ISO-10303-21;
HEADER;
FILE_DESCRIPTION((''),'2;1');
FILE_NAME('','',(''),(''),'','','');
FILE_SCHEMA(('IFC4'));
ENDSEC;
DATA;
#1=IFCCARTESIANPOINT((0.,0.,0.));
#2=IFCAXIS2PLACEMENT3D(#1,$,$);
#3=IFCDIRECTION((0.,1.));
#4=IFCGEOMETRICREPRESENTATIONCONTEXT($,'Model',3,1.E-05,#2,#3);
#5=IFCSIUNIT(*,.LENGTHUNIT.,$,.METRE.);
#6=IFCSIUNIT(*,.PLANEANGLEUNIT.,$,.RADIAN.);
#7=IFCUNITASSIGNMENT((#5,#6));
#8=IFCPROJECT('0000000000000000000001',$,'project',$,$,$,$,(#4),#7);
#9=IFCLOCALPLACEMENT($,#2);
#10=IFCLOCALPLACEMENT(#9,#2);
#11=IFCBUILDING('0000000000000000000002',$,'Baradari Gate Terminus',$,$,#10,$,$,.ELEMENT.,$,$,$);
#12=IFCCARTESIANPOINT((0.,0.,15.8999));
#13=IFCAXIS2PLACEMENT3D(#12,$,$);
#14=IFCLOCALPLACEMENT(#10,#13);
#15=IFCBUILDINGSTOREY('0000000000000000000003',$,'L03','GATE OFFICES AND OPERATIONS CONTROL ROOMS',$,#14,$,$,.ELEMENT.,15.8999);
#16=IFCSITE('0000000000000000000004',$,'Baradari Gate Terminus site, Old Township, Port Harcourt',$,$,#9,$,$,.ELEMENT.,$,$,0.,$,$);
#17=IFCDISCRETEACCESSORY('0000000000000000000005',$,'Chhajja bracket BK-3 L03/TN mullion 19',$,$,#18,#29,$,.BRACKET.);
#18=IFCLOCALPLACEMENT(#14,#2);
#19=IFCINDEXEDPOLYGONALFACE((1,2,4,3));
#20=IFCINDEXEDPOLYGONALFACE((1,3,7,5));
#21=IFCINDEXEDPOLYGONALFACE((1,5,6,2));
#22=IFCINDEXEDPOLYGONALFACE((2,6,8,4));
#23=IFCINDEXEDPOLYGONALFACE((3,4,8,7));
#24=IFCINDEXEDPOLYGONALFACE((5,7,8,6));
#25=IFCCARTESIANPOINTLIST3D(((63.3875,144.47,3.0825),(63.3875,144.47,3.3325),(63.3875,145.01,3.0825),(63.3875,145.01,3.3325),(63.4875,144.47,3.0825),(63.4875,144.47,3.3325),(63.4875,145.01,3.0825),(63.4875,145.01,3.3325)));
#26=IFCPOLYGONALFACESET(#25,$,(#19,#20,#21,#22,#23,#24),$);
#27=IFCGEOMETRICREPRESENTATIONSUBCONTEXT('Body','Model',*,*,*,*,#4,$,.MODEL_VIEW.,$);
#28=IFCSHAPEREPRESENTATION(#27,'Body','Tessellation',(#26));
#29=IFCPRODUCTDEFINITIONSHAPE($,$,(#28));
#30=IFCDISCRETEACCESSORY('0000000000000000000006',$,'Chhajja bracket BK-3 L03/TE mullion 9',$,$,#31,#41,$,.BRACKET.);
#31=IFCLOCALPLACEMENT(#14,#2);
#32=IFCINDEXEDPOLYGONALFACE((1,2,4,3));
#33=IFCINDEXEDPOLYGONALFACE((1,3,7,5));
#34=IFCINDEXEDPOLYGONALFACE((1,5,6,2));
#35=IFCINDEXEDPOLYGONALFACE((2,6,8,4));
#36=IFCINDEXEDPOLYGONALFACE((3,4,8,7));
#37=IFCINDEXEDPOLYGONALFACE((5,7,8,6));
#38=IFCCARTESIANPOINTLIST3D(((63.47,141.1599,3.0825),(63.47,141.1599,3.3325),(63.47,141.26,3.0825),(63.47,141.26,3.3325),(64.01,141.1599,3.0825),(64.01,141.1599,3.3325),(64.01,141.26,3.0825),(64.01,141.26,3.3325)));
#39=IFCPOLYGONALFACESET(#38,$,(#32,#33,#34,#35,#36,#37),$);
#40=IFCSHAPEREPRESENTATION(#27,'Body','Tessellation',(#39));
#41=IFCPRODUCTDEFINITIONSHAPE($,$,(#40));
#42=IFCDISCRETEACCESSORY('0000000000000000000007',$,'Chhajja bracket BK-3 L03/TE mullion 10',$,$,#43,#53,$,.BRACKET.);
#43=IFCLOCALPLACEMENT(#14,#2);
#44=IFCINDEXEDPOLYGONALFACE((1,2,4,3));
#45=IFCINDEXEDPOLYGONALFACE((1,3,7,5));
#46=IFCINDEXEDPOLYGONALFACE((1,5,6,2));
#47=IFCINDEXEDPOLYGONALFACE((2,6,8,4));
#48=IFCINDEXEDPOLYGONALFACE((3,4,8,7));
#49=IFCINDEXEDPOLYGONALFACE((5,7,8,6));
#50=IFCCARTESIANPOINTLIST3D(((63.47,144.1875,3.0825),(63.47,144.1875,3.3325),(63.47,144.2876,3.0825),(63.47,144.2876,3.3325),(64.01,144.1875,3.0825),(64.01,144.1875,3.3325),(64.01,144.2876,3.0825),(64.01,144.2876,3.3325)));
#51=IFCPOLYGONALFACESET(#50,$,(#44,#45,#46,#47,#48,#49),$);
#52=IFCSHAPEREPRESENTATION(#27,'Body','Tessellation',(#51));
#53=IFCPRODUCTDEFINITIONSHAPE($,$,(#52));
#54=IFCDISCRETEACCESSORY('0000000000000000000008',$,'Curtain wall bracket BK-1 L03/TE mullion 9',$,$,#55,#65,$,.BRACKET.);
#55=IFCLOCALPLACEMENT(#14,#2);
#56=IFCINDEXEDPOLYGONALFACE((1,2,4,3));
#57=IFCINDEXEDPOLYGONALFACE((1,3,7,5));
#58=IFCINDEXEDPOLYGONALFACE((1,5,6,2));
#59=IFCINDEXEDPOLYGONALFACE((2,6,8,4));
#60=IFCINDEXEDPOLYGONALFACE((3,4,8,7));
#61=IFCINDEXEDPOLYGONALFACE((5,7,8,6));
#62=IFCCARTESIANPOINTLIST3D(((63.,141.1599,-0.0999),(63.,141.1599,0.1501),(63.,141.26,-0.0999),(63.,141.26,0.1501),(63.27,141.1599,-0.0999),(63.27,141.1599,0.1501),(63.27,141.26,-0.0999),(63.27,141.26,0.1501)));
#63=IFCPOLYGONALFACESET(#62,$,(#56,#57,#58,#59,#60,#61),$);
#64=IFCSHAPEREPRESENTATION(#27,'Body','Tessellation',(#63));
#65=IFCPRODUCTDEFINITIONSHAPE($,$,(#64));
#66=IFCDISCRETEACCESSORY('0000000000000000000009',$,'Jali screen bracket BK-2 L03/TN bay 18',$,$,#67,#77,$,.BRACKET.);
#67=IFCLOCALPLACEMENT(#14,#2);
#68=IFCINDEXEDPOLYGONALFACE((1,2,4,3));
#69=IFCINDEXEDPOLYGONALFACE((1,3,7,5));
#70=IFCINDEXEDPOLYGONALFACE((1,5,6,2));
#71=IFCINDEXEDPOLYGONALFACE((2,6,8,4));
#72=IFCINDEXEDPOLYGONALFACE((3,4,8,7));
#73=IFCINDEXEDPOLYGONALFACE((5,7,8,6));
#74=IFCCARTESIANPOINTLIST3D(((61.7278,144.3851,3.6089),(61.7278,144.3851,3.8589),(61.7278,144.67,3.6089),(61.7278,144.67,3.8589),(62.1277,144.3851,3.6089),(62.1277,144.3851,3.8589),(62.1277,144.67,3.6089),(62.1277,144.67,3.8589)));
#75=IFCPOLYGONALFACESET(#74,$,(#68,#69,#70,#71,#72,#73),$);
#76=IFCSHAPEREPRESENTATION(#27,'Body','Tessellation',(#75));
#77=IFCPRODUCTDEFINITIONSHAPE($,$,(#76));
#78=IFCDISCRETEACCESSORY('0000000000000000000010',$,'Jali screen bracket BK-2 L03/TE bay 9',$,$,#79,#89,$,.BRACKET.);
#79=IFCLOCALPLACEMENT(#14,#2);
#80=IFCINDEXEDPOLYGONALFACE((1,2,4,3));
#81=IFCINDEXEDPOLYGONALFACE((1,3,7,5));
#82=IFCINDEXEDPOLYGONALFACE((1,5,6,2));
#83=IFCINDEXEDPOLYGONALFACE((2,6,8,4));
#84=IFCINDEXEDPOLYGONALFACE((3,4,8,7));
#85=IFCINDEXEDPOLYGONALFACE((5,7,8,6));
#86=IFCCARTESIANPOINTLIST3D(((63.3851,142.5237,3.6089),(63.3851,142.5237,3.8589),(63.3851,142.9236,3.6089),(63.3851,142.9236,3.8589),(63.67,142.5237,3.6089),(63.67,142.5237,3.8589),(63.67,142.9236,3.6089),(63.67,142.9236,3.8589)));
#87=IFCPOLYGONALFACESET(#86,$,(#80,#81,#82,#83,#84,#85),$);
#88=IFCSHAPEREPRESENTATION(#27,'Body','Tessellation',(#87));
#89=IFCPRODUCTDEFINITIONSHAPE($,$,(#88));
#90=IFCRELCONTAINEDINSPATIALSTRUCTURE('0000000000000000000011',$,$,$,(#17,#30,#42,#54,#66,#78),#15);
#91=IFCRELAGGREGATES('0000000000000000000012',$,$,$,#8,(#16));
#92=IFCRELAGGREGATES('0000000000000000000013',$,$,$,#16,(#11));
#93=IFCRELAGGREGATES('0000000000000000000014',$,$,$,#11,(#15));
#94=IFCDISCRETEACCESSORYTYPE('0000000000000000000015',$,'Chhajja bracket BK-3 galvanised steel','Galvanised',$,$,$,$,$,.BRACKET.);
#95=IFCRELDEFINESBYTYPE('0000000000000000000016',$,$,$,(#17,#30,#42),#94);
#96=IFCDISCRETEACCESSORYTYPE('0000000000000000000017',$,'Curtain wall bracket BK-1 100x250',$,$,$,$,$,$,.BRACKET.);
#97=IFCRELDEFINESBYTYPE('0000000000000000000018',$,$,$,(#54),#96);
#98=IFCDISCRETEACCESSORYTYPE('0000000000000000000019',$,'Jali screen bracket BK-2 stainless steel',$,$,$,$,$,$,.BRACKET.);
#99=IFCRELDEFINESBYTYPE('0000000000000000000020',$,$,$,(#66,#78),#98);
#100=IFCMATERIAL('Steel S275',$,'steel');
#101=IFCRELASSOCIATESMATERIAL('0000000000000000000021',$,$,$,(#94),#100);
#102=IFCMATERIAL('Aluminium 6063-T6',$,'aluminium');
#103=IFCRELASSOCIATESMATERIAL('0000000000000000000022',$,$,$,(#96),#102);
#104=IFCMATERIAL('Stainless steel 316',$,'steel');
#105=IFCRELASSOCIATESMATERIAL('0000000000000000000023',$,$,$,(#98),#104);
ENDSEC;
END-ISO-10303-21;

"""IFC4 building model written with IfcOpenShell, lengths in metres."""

from ifc_helpers import new_model, si_unit, direction, frame, origin, origin_2d, place, context, subcontext, project, spatial, rectangle, extrude, material, type_object, element, save


model = new_model("IFC4")

# Units and contexts
model_context = context("Model", 3, precision=1e-05, world=origin(), true_north=direction((0.0, 1.0)))
body_context = subcontext(model_context, "Body", "Model", "MODEL_VIEW")
ifc_project = project(units=[si_unit("LENGTHUNIT", "METRE"), si_unit("PLANEANGLEUNIT", "RADIAN")], contexts=[model_context])

# Site, building, storey
site_placement = place(None, origin())
site = spatial("IfcSite", under=ifc_project, at=site_placement, Name="Baradari Gate Terminus site, Old Township, Port Harcourt", CompositionType="ELEMENT", RefElevation=0.0)
building_placement = place(site_placement, origin())
building = spatial("IfcBuilding", under=site, at=building_placement, Name="Baradari Gate Terminus", CompositionType="ELEMENT")
storey_placement = place(building_placement, frame((0.0, 0.0, 15.8999)))
storey = spatial("IfcBuildingStorey", under=building, at=storey_placement, Name="L03", Description="GATE OFFICES AND OPERATIONS CONTROL ROOMS", CompositionType="ELEMENT", Elevation=15.8999)

# Discrete accessories
ifc_material_1 = material(Name="Steel S275", Category="steel")
discrete_accessory_type_1 = type_object("IfcDiscreteAccessoryType", Name="Chhajja bracket BK-3 galvanised steel", Description="Galvanised", PredefinedType="BRACKET", material=ifc_material_1)
for number, where, z_axis, x_axis, name in (
    (1, (63.4375, 144.74, 3.0825), (0.0, 0.0, 1.0), (0.0, 1.0, 0.0), "Chhajja bracket BK-3 L03/TN mullion 19"),
    (2, (63.74, 141.21, 3.0825), (0.0, 0.0, 1.0), (1.0, 0.0, 0.0), "Chhajja bracket BK-3 L03/TE mullion 9"),
    (3, (63.74, 144.2375, 3.0825), (0.0, 0.0, 1.0), (1.0, 0.0, 0.0), "Chhajja bracket BK-3 L03/TE mullion 10"),
):
    element("IfcDiscreteAccessory", number, at=place(storey_placement, frame(where, z_axis=z_axis, x_axis=x_axis)), inside=storey, type_object=discrete_accessory_type_1, Name=name, PredefinedType="BRACKET", context=body_context, shape_type="SweptSolid", body=[
        extrude(rectangle(XDim=0.54, YDim=0.1001, at=origin_2d()), origin(), (0.0, 0.0, 1.0), 0.25),
    ])
ifc_material_2 = material(Name="Aluminium 6063-T6", Category="aluminium")
discrete_accessory_type_2 = type_object("IfcDiscreteAccessoryType", Name="Curtain wall bracket BK-1 100x250", PredefinedType="BRACKET", material=ifc_material_2)
discrete_accessory_placement = place(storey_placement, frame((63.135, 141.21, -0.0999), z_axis=(0.0, 0.0, 1.0), x_axis=(1.0, 0.0, 0.0)))
element("IfcDiscreteAccessory", 4, at=discrete_accessory_placement, inside=storey, type_object=discrete_accessory_type_2, Name="Curtain wall bracket BK-1 L03/TE mullion 9", PredefinedType="BRACKET", context=body_context, shape_type="SweptSolid", body=[
    extrude(rectangle(XDim=0.27, YDim=0.1001, at=origin_2d()), origin(), (0.0, 0.0, 1.0), 0.25),
])
ifc_material_3 = material(Name="Stainless steel 316", Category="steel")
discrete_accessory_type_3 = type_object("IfcDiscreteAccessoryType", Name="Jali screen bracket BK-2 stainless steel", PredefinedType="BRACKET", material=ifc_material_3)
for number, where, z_axis, x_axis, name in (
    (5, (61.9277, 144.5276, 3.6089), (0.0, 0.0, 1.0), (0.0, 1.0, 0.0), "Jali screen bracket BK-2 L03/TN bay 18"),
    (6, (63.5276, 142.7236, 3.6089), (0.0, 0.0, 1.0), (1.0, 0.0, 0.0), "Jali screen bracket BK-2 L03/TE bay 9"),
):
    element("IfcDiscreteAccessory", number, at=place(storey_placement, frame(where, z_axis=z_axis, x_axis=x_axis)), inside=storey, type_object=discrete_accessory_type_3, Name=name, PredefinedType="BRACKET", context=body_context, shape_type="SweptSolid", body=[
        extrude(rectangle(XDim=0.2849, YDim=0.3999, at=origin_2d()), origin(), (0.0, 0.0, 1.0), 0.25),
    ])

save(model, "model.ifc")
